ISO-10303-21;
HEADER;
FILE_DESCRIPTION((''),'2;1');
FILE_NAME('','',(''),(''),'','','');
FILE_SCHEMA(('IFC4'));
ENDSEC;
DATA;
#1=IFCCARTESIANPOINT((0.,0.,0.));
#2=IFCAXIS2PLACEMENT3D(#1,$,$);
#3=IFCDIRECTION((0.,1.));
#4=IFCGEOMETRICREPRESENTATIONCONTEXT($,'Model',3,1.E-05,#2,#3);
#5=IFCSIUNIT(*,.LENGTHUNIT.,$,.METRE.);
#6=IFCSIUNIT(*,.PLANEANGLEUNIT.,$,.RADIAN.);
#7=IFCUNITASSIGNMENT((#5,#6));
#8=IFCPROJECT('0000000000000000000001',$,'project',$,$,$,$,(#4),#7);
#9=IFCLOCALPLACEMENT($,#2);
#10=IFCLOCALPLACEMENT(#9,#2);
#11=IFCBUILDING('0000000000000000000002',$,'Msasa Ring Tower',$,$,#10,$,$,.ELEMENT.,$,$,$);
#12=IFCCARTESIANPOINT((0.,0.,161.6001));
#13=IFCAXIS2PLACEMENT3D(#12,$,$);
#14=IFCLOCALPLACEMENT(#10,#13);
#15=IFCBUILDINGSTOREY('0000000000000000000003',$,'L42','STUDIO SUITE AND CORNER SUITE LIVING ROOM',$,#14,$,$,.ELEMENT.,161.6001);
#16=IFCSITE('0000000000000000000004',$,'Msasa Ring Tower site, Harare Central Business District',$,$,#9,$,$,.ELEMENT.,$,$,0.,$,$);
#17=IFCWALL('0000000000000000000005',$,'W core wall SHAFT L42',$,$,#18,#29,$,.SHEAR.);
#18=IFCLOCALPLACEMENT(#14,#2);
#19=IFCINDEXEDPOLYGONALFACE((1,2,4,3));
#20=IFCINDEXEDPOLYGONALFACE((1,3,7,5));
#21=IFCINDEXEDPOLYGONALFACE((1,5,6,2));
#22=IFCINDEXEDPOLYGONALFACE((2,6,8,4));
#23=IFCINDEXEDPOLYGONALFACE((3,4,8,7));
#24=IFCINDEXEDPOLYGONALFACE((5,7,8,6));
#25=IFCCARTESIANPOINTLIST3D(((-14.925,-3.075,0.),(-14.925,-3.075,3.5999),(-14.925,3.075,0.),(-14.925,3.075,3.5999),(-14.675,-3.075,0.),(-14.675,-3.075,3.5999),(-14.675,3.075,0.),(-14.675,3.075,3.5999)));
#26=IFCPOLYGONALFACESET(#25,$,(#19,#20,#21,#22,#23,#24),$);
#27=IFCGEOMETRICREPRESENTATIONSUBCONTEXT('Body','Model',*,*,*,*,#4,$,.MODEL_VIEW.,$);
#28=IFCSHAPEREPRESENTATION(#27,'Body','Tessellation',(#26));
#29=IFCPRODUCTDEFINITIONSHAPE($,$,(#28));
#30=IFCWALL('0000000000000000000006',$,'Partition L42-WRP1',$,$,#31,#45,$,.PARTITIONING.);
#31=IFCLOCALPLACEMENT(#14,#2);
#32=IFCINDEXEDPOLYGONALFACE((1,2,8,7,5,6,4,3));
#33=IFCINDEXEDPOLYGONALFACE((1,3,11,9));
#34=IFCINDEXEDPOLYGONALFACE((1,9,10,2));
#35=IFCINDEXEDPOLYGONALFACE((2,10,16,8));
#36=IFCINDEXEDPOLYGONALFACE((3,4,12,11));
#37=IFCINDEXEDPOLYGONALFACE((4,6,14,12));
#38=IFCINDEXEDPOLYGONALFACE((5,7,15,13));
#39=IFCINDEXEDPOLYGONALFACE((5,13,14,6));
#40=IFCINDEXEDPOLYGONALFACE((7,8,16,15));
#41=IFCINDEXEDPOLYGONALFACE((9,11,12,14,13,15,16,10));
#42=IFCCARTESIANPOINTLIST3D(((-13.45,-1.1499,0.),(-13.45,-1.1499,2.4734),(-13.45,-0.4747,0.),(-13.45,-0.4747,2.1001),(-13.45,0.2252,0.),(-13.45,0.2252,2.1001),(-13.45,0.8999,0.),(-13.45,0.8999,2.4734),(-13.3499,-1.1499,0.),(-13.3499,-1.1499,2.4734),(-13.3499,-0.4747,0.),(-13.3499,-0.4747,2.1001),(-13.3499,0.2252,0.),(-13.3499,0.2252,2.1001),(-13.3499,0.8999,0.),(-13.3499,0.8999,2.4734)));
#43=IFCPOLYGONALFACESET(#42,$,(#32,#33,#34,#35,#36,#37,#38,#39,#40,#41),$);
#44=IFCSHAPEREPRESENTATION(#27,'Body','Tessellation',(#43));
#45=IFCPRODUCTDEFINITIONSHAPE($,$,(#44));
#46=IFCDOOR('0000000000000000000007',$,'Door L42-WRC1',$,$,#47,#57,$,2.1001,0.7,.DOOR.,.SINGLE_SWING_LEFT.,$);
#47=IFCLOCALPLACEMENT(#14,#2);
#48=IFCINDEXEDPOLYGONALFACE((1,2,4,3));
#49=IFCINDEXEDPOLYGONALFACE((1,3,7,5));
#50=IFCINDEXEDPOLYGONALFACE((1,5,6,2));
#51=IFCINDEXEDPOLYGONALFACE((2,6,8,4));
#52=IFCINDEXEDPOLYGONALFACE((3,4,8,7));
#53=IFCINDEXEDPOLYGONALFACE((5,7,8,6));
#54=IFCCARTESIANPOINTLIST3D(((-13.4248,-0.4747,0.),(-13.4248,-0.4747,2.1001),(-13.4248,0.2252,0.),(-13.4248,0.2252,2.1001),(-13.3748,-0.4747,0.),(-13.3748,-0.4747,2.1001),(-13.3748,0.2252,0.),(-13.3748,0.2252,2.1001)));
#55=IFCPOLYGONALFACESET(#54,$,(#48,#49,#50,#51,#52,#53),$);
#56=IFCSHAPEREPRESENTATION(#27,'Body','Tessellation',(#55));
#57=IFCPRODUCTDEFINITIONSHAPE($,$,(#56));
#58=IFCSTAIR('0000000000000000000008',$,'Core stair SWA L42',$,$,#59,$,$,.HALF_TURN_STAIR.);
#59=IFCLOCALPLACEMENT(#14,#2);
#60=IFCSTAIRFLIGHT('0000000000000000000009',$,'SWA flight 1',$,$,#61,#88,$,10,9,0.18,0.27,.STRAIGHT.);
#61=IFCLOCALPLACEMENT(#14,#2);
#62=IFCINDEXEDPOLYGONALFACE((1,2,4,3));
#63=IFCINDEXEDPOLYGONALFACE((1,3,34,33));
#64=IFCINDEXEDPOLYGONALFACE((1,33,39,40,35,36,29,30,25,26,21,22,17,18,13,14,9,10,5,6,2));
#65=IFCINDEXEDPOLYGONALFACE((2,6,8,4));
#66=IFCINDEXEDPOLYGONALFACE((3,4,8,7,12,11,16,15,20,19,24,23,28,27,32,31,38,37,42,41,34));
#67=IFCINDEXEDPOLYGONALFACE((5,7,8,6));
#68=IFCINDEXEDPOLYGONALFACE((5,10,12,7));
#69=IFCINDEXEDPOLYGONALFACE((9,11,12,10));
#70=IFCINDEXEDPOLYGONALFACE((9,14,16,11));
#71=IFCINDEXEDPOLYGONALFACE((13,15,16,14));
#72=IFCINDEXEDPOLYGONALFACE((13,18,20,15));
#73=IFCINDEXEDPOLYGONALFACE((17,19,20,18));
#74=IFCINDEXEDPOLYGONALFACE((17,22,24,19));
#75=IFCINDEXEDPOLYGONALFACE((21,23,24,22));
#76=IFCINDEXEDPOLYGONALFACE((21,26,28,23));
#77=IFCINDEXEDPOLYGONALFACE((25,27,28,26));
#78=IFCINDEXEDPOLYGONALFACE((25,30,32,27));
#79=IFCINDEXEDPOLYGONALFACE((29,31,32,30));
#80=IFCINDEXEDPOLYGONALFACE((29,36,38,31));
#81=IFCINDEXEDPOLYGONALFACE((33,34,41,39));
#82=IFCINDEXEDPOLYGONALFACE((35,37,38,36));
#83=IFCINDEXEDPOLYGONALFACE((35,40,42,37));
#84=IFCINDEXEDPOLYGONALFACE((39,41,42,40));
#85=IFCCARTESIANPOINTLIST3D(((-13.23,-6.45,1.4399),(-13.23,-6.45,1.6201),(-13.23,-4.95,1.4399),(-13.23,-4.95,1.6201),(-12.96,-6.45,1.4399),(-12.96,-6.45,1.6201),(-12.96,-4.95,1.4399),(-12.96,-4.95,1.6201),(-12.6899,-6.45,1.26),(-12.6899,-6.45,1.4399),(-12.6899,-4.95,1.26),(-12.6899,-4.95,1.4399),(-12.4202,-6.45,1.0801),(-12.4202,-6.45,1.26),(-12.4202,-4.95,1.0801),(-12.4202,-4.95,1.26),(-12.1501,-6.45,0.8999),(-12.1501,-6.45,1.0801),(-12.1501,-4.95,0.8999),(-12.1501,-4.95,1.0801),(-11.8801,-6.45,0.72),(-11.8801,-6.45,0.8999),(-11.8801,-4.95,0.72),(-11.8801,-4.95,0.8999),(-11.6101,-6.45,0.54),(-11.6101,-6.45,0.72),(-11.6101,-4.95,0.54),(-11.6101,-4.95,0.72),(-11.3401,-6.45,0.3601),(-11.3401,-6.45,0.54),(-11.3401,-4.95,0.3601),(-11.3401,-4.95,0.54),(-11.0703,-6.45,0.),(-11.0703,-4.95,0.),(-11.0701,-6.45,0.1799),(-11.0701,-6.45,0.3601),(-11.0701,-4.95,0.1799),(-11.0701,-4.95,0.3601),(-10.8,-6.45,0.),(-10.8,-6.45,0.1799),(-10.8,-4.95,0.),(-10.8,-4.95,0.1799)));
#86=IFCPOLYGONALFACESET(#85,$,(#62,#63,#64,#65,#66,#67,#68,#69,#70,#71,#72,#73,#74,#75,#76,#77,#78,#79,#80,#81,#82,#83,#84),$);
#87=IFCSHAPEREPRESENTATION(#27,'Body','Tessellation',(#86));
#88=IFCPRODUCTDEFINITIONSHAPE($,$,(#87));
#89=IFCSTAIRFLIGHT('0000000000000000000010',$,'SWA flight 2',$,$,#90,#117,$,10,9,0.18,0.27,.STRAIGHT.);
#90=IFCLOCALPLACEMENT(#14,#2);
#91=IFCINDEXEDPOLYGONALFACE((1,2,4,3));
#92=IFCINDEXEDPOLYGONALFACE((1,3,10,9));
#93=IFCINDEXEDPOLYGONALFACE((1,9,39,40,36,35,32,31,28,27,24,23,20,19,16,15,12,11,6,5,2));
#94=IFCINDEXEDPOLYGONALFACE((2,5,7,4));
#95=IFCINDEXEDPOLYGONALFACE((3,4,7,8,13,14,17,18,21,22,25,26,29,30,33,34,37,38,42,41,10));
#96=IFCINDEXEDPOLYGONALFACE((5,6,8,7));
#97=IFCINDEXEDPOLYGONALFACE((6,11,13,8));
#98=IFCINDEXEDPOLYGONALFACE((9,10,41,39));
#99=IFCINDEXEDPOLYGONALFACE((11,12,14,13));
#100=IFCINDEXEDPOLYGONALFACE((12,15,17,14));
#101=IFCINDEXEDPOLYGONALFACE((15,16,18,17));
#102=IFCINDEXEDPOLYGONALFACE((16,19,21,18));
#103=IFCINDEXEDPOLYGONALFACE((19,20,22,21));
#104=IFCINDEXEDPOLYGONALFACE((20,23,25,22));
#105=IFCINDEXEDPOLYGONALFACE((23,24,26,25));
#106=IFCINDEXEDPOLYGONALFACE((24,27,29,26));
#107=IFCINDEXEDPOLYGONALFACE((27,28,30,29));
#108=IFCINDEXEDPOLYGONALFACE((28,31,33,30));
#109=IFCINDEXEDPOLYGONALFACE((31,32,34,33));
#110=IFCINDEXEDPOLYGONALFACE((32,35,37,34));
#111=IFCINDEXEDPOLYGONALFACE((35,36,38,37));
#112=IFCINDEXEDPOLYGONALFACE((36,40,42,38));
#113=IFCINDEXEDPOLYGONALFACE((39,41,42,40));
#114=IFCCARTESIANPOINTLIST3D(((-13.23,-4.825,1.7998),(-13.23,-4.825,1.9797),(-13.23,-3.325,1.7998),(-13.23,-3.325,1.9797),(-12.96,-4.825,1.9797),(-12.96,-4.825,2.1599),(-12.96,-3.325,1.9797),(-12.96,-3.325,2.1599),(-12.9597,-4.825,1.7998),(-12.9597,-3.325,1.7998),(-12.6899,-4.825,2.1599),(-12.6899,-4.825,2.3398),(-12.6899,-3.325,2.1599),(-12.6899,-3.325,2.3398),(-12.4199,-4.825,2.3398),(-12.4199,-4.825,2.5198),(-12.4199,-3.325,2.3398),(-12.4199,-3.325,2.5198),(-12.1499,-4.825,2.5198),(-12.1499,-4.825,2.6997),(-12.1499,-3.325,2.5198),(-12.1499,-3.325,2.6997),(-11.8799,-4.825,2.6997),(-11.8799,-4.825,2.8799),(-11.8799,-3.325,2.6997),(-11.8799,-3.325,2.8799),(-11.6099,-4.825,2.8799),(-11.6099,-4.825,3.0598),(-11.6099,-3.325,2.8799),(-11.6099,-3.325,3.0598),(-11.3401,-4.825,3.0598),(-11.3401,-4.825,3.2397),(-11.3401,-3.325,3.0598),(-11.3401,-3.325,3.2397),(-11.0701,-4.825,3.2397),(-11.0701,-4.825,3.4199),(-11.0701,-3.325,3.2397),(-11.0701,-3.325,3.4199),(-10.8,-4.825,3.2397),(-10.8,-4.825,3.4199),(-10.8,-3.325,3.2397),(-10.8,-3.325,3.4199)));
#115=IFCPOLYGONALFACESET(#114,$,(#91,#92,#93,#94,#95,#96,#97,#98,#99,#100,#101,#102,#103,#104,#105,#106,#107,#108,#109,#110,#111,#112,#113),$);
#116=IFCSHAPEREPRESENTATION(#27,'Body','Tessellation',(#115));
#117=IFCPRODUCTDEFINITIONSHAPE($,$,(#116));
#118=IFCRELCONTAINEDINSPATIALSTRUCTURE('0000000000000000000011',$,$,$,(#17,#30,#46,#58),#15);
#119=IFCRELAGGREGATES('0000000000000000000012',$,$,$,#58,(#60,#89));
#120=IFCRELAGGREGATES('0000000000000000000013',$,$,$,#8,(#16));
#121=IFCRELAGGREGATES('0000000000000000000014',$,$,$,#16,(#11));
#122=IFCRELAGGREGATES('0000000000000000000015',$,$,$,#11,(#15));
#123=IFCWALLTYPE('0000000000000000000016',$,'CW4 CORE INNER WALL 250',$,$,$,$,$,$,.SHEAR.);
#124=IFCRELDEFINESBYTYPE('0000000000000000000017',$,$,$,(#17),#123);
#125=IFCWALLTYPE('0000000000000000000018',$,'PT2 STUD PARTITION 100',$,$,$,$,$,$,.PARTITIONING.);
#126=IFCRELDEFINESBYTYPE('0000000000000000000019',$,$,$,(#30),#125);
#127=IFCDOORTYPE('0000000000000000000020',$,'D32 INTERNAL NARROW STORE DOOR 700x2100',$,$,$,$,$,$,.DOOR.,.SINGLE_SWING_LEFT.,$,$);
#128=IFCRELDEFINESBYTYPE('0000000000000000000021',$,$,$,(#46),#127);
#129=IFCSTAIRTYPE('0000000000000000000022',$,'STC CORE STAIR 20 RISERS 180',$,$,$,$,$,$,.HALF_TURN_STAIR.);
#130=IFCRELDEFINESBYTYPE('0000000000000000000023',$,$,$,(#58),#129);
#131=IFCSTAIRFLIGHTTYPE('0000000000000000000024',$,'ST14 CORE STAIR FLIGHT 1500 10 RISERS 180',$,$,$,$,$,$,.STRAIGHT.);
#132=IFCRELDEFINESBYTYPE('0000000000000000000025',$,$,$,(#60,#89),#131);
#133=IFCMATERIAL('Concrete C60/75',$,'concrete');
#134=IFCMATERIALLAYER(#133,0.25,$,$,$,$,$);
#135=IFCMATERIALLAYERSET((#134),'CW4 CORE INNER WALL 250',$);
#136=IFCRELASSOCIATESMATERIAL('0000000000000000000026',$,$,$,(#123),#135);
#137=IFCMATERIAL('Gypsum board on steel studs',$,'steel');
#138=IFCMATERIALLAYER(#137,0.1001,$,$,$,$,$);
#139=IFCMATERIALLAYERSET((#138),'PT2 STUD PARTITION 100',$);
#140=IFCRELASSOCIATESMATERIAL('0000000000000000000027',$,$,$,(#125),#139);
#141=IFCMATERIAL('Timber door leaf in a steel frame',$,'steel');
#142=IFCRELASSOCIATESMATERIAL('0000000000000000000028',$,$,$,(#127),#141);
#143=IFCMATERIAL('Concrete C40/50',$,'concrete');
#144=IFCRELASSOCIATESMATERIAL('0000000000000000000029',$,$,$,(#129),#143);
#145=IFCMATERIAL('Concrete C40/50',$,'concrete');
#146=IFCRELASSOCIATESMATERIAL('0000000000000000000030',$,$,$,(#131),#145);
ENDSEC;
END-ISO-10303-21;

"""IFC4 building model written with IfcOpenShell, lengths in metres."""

from ifc_helpers import new_model, si_unit, direction, frame, frame_2d, origin, place, context, subcontext, project, spatial, polyline, rectangle, outline, extrude, material, layer, layer_set, type_object, element, fill, aggregate, save


model = new_model("IFC4")

# Units and contexts
model_context = context("Model", 3, precision=1e-05, world=origin(), true_north=direction((0.0, 1.0)))
body_context = subcontext(model_context, "Body", "Model", "MODEL_VIEW")
ifc_project = project(units=[si_unit("LENGTHUNIT", "METRE"), si_unit("PLANEANGLEUNIT", "RADIAN")], contexts=[model_context])

# Site, building, storey
site_placement = place(None, origin())
site = spatial("IfcSite", under=ifc_project, at=site_placement, Name="Msasa Ring Tower site, Harare Central Business District", CompositionType="ELEMENT", RefElevation=0.0)
building_placement = place(site_placement, origin())
building = spatial("IfcBuilding", under=site, at=building_placement, Name="Msasa Ring Tower", CompositionType="ELEMENT")
storey_placement = place(building_placement, frame((0.0, 0.0, 161.6001)))
storey = spatial("IfcBuildingStorey", under=building, at=storey_placement, Name="L42", Description="STUDIO SUITE AND CORNER SUITE LIVING ROOM", CompositionType="ELEMENT", Elevation=161.6001)

# Shared definitions
ifc_material_1 = material(Name="Concrete C60/75", Category="concrete")
ifc_layer_1 = layer(ifc_material_1, 0.25)
ifc_layer_set_1 = layer_set([ifc_layer_1], Name="CW4 CORE INNER WALL 250")
wall_type_1 = type_object("IfcWallType", Name="CW4 CORE INNER WALL 250", PredefinedType="SHEAR", material=ifc_layer_set_1)

# Wall
wall_1_placement = place(storey_placement, frame((-14.8, -3.075, 0.0), z_axis=(0.0, 0.0, 1.0), x_axis=(0.0, 1.0, 0.0)))
element("IfcWall", 1, at=wall_1_placement, inside=storey, type_object=wall_type_1, Name="W core wall SHAFT L42", PredefinedType="SHEAR", context=body_context, shape_type="SweptSolid", body=[
    extrude(rectangle(XDim=6.1499, YDim=0.25, at=frame_2d((3.075, 0.0))), origin(), (0.0, 0.0, 1.0), 3.5999),
])

# Wall, opening, door
ifc_material_2 = material(Name="Gypsum board on steel studs", Category="steel")
ifc_layer_2 = layer(ifc_material_2, 0.1001)
ifc_layer_set_2 = layer_set([ifc_layer_2], Name="PT2 STUD PARTITION 100")
wall_type_2 = type_object("IfcWallType", Name="PT2 STUD PARTITION 100", PredefinedType="PARTITIONING", material=ifc_layer_set_2)
wall_2_placement = place(storey_placement, frame((-13.3999, -1.1499, 0.0), z_axis=(0.0, 0.0, 1.0), x_axis=(0.0, 1.0, 0.0)))
wall_2 = element("IfcWall", 2, at=wall_2_placement, inside=storey, type_object=wall_type_2, Name="Partition L42-WRP1", PredefinedType="PARTITIONING", context=body_context, shape_type="SweptSolid", body=[
    extrude(rectangle(XDim=2.0498, YDim=0.1001, at=frame_2d((1.0249, 0.0))), origin(), (0.0, 0.0, 1.0), 2.4734),
])
opening_1_placement = place(wall_2_placement, frame((0.675, 0.0, 0.0)))
opening_1 = element("IfcOpeningElement", 3, at=opening_1_placement, cuts=wall_2, PredefinedType="OPENING", context=body_context, shape_type="SweptSolid", body=[
    extrude(rectangle(XDim=0.7, YDim=2.1001, at=frame_2d((0.3501, 1.05))), frame((0.0, 0.0601, 0.0), z_axis=(0.0, -1.0, 0.0), x_axis=(1.0, 0.0, 0.0)), (0.0, 0.0, 1.0), 0.1201),
])
ifc_material_3 = material(Name="Timber door leaf in a steel frame", Category="steel")
door_type_1 = type_object("IfcDoorType", Name="D32 INTERNAL NARROW STORE DOOR 700x2100", OperationType="SINGLE_SWING_LEFT", PredefinedType="DOOR", material=ifc_material_3)
door_1_placement = place(opening_1_placement, origin())
door_1 = element("IfcDoor", 4, at=door_1_placement, inside=storey, type_object=door_type_1, Name="Door L42-WRC1", OperationType="SINGLE_SWING_LEFT", OverallHeight=2.1001, OverallWidth=0.7, PredefinedType="DOOR", context=body_context, shape_type="SweptSolid", body=[
    extrude(rectangle(XDim=0.7, YDim=2.1001, at=frame_2d((0.3501, 1.05))), frame((0.0, 0.0249, 0.0), z_axis=(0.0, -1.0, 0.0), x_axis=(1.0, 0.0, 0.0)), (0.0, 0.0, 1.0), 0.05),
])
fill(opening_1, door_1)

# Stair, stair flights
ifc_material_4 = material(Name="Concrete C40/50", Category="concrete")
stair_type = type_object("IfcStairType", Name="STC CORE STAIR 20 RISERS 180", PredefinedType="HALF_TURN_STAIR", material=ifc_material_4)
stair_placement = place(storey_placement, origin())
stair = element("IfcStair", 5, at=stair_placement, inside=storey, type_object=stair_type, Name="Core stair SWA L42", PredefinedType="HALF_TURN_STAIR")
ifc_material_5 = material(Name="Concrete C40/50", Category="concrete")
stair_flight_type = type_object("IfcStairFlightType", Name="ST14 CORE STAIR FLIGHT 1500 10 RISERS 180", PredefinedType="STRAIGHT", material=ifc_material_5)
stair_flight_1_placement = place(storey_placement, frame((-10.8, -5.7, 0.0), z_axis=(0.0, 0.0, 1.0), x_axis=(-1.0, 0.0, 0.0)))
stair_flight_1 = element("IfcStairFlight", 6, at=stair_flight_1_placement, type_object=stair_flight_type, Name="SWA flight 1", NumberOfRisers=10, NumberOfTreads=9, PredefinedType="STRAIGHT", RiserHeight=0.18, TreadLength=0.27, context=body_context, shape_type="SweptSolid", body=[
    extrude(outline(polyline([(0.0, 0.0), (0.0, 0.1799), (0.27, 0.1799), (0.27, 0.3601), (0.54, 0.3601), (0.54, 0.54), (0.8101, 0.54), (0.8101, 0.72), (1.0801, 0.72), (1.0801, 0.8999), (1.3501, 0.8999), (1.3501, 1.0801), (1.6201, 1.0801), (1.6201, 1.26), (1.8899, 1.26), (1.8899, 1.4399), (2.1599, 1.4399), (2.1599, 1.6201), (2.4299, 1.6201), (2.4299, 1.8), (2.4299, 1.4399), (0.2703, 0.0), (0.0, 0.0)])), frame((0.0, 0.75, 0.0), z_axis=(0.0, -1.0, 0.0), x_axis=(1.0, 0.0, 0.0)), (0.0, 0.0, 1.0), 1.5),
])
stair_flight_2_placement = place(storey_placement, frame((-13.23, -4.075, 1.7998), z_axis=(0.0, 0.0, 1.0), x_axis=(1.0, 0.0, 0.0)))
stair_flight_2 = element("IfcStairFlight", 7, at=stair_flight_2_placement, type_object=stair_flight_type, Name="SWA flight 2", NumberOfRisers=10, NumberOfTreads=9, PredefinedType="STRAIGHT", RiserHeight=0.18, TreadLength=0.27, context=body_context, shape_type="SweptSolid", body=[
    extrude(outline(polyline([(0.0, 0.0), (0.0, 0.1799), (0.27, 0.1799), (0.27, 0.3601), (0.54, 0.3601), (0.54, 0.54), (0.8101, 0.54), (0.8101, 0.72), (1.0801, 0.72), (1.0801, 0.8999), (1.3501, 0.8999), (1.3501, 1.0801), (1.6201, 1.0801), (1.6201, 1.26), (1.8899, 1.26), (1.8899, 1.4399), (2.1599, 1.4399), (2.1599, 1.6201), (2.4299, 1.6201), (2.4299, 1.8), (2.4299, 1.4399), (0.2703, 0.0), (0.0, 0.0)])), frame((0.0, 0.75, 0.0), z_axis=(0.0, -1.0, 0.0), x_axis=(1.0, 0.0, 0.0)), (0.0, 0.0, 1.0), 1.5),
])
aggregate(stair, [stair_flight_1, stair_flight_2])

save(model, "model.ifc")
